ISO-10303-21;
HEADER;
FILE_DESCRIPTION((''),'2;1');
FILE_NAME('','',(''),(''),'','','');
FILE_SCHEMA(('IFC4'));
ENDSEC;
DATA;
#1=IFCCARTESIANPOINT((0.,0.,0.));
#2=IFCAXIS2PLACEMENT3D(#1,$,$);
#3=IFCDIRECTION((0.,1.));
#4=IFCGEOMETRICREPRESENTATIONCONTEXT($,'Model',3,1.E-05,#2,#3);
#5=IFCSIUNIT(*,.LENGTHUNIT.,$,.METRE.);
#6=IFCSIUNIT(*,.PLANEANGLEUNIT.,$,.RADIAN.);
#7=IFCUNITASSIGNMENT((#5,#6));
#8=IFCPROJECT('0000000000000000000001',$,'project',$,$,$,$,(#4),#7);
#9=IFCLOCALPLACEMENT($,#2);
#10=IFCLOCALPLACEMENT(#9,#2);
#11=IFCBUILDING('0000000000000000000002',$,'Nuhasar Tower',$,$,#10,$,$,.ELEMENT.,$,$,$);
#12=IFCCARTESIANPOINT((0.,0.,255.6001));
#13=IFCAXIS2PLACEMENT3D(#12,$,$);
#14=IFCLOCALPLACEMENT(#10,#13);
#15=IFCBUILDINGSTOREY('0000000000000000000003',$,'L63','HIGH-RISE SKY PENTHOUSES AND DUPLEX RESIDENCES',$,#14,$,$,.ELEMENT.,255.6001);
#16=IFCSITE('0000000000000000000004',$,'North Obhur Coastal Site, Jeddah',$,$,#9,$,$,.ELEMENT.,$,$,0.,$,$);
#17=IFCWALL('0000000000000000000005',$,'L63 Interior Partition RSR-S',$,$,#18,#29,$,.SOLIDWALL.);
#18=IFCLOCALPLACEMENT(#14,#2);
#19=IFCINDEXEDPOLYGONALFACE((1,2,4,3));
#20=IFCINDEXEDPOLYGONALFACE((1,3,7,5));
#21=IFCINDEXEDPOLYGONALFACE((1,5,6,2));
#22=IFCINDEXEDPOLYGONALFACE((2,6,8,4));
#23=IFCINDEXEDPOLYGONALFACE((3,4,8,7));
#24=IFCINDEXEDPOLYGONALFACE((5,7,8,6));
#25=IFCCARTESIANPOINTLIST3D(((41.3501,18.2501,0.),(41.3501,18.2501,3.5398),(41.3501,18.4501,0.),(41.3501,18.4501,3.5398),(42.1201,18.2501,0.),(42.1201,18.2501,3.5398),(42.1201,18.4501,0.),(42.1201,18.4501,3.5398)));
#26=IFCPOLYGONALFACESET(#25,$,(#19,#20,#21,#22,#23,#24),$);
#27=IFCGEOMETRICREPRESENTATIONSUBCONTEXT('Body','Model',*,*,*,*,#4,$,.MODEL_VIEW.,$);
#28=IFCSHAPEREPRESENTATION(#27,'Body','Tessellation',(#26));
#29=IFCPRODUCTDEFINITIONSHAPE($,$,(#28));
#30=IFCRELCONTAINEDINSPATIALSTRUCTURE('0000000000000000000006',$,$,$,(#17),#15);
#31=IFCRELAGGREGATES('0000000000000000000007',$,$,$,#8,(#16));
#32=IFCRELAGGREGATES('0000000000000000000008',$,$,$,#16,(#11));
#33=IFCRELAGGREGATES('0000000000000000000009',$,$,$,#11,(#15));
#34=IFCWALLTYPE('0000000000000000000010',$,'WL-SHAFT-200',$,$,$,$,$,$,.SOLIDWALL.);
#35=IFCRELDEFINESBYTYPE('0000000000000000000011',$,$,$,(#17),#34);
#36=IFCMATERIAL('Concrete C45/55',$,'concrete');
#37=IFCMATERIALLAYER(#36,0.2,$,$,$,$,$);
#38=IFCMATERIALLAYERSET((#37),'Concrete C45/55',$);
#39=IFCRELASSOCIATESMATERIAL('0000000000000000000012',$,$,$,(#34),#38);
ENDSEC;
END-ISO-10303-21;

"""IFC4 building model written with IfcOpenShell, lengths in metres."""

from ifc_helpers import new_model, si_unit, direction, frame, frame_2d, origin, place, context, subcontext, project, spatial, rectangle, extrude, material, layer, layer_set, type_object, element, save


model = new_model("IFC4")

# Units and contexts
model_context = context("Model", 3, precision=1e-05, world=origin(), true_north=direction((0.0, 1.0)))
body_context = subcontext(model_context, "Body", "Model", "MODEL_VIEW")
ifc_project = project(units=[si_unit("LENGTHUNIT", "METRE"), si_unit("PLANEANGLEUNIT", "RADIAN")], contexts=[model_context])

# Site, building, storey
site_placement = place(None, origin())
site = spatial("IfcSite", under=ifc_project, at=site_placement, Name="North Obhur Coastal Site, Jeddah", CompositionType="ELEMENT", RefElevation=0.0)
building_placement = place(site_placement, origin())
building = spatial("IfcBuilding", under=site, at=building_placement, Name="Nuhasar Tower", CompositionType="ELEMENT")
storey_placement = place(building_placement, frame((0.0, 0.0, 255.6001)))
storey = spatial("IfcBuildingStorey", under=building, at=storey_placement, Name="L63", Description="HIGH-RISE SKY PENTHOUSES AND DUPLEX RESIDENCES", CompositionType="ELEMENT", Elevation=255.6001)

# Shared definitions
ifc_material_1 = material(Name="Concrete C45/55", Category="concrete")

# Shared definitions
ifc_layer_1 = layer(ifc_material_1, 0.2)
ifc_layer_set_1 = layer_set([ifc_layer_1], Name="Concrete C45/55")
wall_type_1 = type_object("IfcWallType", Name="WL-SHAFT-200", PredefinedType="SOLIDWALL", material=ifc_layer_set_1)

# Wall
wall_1_placement = place(storey_placement, frame((41.3501, 18.3501, 0.0), z_axis=(0.0, 0.0, 1.0), x_axis=(1.0, 0.0, 0.0)))
element("IfcWall", 1, at=wall_1_placement, inside=storey, type_object=wall_type_1, Name="L63 Interior Partition RSR-S", PredefinedType="SOLIDWALL", context=body_context, shape_type="SweptSolid", body=[
    extrude(rectangle(XDim=0.77, YDim=0.2, at=frame_2d((0.385, 0.0))), origin(), (0.0, 0.0, 1.0), 3.5398),
])

save(model, "model.ifc")
